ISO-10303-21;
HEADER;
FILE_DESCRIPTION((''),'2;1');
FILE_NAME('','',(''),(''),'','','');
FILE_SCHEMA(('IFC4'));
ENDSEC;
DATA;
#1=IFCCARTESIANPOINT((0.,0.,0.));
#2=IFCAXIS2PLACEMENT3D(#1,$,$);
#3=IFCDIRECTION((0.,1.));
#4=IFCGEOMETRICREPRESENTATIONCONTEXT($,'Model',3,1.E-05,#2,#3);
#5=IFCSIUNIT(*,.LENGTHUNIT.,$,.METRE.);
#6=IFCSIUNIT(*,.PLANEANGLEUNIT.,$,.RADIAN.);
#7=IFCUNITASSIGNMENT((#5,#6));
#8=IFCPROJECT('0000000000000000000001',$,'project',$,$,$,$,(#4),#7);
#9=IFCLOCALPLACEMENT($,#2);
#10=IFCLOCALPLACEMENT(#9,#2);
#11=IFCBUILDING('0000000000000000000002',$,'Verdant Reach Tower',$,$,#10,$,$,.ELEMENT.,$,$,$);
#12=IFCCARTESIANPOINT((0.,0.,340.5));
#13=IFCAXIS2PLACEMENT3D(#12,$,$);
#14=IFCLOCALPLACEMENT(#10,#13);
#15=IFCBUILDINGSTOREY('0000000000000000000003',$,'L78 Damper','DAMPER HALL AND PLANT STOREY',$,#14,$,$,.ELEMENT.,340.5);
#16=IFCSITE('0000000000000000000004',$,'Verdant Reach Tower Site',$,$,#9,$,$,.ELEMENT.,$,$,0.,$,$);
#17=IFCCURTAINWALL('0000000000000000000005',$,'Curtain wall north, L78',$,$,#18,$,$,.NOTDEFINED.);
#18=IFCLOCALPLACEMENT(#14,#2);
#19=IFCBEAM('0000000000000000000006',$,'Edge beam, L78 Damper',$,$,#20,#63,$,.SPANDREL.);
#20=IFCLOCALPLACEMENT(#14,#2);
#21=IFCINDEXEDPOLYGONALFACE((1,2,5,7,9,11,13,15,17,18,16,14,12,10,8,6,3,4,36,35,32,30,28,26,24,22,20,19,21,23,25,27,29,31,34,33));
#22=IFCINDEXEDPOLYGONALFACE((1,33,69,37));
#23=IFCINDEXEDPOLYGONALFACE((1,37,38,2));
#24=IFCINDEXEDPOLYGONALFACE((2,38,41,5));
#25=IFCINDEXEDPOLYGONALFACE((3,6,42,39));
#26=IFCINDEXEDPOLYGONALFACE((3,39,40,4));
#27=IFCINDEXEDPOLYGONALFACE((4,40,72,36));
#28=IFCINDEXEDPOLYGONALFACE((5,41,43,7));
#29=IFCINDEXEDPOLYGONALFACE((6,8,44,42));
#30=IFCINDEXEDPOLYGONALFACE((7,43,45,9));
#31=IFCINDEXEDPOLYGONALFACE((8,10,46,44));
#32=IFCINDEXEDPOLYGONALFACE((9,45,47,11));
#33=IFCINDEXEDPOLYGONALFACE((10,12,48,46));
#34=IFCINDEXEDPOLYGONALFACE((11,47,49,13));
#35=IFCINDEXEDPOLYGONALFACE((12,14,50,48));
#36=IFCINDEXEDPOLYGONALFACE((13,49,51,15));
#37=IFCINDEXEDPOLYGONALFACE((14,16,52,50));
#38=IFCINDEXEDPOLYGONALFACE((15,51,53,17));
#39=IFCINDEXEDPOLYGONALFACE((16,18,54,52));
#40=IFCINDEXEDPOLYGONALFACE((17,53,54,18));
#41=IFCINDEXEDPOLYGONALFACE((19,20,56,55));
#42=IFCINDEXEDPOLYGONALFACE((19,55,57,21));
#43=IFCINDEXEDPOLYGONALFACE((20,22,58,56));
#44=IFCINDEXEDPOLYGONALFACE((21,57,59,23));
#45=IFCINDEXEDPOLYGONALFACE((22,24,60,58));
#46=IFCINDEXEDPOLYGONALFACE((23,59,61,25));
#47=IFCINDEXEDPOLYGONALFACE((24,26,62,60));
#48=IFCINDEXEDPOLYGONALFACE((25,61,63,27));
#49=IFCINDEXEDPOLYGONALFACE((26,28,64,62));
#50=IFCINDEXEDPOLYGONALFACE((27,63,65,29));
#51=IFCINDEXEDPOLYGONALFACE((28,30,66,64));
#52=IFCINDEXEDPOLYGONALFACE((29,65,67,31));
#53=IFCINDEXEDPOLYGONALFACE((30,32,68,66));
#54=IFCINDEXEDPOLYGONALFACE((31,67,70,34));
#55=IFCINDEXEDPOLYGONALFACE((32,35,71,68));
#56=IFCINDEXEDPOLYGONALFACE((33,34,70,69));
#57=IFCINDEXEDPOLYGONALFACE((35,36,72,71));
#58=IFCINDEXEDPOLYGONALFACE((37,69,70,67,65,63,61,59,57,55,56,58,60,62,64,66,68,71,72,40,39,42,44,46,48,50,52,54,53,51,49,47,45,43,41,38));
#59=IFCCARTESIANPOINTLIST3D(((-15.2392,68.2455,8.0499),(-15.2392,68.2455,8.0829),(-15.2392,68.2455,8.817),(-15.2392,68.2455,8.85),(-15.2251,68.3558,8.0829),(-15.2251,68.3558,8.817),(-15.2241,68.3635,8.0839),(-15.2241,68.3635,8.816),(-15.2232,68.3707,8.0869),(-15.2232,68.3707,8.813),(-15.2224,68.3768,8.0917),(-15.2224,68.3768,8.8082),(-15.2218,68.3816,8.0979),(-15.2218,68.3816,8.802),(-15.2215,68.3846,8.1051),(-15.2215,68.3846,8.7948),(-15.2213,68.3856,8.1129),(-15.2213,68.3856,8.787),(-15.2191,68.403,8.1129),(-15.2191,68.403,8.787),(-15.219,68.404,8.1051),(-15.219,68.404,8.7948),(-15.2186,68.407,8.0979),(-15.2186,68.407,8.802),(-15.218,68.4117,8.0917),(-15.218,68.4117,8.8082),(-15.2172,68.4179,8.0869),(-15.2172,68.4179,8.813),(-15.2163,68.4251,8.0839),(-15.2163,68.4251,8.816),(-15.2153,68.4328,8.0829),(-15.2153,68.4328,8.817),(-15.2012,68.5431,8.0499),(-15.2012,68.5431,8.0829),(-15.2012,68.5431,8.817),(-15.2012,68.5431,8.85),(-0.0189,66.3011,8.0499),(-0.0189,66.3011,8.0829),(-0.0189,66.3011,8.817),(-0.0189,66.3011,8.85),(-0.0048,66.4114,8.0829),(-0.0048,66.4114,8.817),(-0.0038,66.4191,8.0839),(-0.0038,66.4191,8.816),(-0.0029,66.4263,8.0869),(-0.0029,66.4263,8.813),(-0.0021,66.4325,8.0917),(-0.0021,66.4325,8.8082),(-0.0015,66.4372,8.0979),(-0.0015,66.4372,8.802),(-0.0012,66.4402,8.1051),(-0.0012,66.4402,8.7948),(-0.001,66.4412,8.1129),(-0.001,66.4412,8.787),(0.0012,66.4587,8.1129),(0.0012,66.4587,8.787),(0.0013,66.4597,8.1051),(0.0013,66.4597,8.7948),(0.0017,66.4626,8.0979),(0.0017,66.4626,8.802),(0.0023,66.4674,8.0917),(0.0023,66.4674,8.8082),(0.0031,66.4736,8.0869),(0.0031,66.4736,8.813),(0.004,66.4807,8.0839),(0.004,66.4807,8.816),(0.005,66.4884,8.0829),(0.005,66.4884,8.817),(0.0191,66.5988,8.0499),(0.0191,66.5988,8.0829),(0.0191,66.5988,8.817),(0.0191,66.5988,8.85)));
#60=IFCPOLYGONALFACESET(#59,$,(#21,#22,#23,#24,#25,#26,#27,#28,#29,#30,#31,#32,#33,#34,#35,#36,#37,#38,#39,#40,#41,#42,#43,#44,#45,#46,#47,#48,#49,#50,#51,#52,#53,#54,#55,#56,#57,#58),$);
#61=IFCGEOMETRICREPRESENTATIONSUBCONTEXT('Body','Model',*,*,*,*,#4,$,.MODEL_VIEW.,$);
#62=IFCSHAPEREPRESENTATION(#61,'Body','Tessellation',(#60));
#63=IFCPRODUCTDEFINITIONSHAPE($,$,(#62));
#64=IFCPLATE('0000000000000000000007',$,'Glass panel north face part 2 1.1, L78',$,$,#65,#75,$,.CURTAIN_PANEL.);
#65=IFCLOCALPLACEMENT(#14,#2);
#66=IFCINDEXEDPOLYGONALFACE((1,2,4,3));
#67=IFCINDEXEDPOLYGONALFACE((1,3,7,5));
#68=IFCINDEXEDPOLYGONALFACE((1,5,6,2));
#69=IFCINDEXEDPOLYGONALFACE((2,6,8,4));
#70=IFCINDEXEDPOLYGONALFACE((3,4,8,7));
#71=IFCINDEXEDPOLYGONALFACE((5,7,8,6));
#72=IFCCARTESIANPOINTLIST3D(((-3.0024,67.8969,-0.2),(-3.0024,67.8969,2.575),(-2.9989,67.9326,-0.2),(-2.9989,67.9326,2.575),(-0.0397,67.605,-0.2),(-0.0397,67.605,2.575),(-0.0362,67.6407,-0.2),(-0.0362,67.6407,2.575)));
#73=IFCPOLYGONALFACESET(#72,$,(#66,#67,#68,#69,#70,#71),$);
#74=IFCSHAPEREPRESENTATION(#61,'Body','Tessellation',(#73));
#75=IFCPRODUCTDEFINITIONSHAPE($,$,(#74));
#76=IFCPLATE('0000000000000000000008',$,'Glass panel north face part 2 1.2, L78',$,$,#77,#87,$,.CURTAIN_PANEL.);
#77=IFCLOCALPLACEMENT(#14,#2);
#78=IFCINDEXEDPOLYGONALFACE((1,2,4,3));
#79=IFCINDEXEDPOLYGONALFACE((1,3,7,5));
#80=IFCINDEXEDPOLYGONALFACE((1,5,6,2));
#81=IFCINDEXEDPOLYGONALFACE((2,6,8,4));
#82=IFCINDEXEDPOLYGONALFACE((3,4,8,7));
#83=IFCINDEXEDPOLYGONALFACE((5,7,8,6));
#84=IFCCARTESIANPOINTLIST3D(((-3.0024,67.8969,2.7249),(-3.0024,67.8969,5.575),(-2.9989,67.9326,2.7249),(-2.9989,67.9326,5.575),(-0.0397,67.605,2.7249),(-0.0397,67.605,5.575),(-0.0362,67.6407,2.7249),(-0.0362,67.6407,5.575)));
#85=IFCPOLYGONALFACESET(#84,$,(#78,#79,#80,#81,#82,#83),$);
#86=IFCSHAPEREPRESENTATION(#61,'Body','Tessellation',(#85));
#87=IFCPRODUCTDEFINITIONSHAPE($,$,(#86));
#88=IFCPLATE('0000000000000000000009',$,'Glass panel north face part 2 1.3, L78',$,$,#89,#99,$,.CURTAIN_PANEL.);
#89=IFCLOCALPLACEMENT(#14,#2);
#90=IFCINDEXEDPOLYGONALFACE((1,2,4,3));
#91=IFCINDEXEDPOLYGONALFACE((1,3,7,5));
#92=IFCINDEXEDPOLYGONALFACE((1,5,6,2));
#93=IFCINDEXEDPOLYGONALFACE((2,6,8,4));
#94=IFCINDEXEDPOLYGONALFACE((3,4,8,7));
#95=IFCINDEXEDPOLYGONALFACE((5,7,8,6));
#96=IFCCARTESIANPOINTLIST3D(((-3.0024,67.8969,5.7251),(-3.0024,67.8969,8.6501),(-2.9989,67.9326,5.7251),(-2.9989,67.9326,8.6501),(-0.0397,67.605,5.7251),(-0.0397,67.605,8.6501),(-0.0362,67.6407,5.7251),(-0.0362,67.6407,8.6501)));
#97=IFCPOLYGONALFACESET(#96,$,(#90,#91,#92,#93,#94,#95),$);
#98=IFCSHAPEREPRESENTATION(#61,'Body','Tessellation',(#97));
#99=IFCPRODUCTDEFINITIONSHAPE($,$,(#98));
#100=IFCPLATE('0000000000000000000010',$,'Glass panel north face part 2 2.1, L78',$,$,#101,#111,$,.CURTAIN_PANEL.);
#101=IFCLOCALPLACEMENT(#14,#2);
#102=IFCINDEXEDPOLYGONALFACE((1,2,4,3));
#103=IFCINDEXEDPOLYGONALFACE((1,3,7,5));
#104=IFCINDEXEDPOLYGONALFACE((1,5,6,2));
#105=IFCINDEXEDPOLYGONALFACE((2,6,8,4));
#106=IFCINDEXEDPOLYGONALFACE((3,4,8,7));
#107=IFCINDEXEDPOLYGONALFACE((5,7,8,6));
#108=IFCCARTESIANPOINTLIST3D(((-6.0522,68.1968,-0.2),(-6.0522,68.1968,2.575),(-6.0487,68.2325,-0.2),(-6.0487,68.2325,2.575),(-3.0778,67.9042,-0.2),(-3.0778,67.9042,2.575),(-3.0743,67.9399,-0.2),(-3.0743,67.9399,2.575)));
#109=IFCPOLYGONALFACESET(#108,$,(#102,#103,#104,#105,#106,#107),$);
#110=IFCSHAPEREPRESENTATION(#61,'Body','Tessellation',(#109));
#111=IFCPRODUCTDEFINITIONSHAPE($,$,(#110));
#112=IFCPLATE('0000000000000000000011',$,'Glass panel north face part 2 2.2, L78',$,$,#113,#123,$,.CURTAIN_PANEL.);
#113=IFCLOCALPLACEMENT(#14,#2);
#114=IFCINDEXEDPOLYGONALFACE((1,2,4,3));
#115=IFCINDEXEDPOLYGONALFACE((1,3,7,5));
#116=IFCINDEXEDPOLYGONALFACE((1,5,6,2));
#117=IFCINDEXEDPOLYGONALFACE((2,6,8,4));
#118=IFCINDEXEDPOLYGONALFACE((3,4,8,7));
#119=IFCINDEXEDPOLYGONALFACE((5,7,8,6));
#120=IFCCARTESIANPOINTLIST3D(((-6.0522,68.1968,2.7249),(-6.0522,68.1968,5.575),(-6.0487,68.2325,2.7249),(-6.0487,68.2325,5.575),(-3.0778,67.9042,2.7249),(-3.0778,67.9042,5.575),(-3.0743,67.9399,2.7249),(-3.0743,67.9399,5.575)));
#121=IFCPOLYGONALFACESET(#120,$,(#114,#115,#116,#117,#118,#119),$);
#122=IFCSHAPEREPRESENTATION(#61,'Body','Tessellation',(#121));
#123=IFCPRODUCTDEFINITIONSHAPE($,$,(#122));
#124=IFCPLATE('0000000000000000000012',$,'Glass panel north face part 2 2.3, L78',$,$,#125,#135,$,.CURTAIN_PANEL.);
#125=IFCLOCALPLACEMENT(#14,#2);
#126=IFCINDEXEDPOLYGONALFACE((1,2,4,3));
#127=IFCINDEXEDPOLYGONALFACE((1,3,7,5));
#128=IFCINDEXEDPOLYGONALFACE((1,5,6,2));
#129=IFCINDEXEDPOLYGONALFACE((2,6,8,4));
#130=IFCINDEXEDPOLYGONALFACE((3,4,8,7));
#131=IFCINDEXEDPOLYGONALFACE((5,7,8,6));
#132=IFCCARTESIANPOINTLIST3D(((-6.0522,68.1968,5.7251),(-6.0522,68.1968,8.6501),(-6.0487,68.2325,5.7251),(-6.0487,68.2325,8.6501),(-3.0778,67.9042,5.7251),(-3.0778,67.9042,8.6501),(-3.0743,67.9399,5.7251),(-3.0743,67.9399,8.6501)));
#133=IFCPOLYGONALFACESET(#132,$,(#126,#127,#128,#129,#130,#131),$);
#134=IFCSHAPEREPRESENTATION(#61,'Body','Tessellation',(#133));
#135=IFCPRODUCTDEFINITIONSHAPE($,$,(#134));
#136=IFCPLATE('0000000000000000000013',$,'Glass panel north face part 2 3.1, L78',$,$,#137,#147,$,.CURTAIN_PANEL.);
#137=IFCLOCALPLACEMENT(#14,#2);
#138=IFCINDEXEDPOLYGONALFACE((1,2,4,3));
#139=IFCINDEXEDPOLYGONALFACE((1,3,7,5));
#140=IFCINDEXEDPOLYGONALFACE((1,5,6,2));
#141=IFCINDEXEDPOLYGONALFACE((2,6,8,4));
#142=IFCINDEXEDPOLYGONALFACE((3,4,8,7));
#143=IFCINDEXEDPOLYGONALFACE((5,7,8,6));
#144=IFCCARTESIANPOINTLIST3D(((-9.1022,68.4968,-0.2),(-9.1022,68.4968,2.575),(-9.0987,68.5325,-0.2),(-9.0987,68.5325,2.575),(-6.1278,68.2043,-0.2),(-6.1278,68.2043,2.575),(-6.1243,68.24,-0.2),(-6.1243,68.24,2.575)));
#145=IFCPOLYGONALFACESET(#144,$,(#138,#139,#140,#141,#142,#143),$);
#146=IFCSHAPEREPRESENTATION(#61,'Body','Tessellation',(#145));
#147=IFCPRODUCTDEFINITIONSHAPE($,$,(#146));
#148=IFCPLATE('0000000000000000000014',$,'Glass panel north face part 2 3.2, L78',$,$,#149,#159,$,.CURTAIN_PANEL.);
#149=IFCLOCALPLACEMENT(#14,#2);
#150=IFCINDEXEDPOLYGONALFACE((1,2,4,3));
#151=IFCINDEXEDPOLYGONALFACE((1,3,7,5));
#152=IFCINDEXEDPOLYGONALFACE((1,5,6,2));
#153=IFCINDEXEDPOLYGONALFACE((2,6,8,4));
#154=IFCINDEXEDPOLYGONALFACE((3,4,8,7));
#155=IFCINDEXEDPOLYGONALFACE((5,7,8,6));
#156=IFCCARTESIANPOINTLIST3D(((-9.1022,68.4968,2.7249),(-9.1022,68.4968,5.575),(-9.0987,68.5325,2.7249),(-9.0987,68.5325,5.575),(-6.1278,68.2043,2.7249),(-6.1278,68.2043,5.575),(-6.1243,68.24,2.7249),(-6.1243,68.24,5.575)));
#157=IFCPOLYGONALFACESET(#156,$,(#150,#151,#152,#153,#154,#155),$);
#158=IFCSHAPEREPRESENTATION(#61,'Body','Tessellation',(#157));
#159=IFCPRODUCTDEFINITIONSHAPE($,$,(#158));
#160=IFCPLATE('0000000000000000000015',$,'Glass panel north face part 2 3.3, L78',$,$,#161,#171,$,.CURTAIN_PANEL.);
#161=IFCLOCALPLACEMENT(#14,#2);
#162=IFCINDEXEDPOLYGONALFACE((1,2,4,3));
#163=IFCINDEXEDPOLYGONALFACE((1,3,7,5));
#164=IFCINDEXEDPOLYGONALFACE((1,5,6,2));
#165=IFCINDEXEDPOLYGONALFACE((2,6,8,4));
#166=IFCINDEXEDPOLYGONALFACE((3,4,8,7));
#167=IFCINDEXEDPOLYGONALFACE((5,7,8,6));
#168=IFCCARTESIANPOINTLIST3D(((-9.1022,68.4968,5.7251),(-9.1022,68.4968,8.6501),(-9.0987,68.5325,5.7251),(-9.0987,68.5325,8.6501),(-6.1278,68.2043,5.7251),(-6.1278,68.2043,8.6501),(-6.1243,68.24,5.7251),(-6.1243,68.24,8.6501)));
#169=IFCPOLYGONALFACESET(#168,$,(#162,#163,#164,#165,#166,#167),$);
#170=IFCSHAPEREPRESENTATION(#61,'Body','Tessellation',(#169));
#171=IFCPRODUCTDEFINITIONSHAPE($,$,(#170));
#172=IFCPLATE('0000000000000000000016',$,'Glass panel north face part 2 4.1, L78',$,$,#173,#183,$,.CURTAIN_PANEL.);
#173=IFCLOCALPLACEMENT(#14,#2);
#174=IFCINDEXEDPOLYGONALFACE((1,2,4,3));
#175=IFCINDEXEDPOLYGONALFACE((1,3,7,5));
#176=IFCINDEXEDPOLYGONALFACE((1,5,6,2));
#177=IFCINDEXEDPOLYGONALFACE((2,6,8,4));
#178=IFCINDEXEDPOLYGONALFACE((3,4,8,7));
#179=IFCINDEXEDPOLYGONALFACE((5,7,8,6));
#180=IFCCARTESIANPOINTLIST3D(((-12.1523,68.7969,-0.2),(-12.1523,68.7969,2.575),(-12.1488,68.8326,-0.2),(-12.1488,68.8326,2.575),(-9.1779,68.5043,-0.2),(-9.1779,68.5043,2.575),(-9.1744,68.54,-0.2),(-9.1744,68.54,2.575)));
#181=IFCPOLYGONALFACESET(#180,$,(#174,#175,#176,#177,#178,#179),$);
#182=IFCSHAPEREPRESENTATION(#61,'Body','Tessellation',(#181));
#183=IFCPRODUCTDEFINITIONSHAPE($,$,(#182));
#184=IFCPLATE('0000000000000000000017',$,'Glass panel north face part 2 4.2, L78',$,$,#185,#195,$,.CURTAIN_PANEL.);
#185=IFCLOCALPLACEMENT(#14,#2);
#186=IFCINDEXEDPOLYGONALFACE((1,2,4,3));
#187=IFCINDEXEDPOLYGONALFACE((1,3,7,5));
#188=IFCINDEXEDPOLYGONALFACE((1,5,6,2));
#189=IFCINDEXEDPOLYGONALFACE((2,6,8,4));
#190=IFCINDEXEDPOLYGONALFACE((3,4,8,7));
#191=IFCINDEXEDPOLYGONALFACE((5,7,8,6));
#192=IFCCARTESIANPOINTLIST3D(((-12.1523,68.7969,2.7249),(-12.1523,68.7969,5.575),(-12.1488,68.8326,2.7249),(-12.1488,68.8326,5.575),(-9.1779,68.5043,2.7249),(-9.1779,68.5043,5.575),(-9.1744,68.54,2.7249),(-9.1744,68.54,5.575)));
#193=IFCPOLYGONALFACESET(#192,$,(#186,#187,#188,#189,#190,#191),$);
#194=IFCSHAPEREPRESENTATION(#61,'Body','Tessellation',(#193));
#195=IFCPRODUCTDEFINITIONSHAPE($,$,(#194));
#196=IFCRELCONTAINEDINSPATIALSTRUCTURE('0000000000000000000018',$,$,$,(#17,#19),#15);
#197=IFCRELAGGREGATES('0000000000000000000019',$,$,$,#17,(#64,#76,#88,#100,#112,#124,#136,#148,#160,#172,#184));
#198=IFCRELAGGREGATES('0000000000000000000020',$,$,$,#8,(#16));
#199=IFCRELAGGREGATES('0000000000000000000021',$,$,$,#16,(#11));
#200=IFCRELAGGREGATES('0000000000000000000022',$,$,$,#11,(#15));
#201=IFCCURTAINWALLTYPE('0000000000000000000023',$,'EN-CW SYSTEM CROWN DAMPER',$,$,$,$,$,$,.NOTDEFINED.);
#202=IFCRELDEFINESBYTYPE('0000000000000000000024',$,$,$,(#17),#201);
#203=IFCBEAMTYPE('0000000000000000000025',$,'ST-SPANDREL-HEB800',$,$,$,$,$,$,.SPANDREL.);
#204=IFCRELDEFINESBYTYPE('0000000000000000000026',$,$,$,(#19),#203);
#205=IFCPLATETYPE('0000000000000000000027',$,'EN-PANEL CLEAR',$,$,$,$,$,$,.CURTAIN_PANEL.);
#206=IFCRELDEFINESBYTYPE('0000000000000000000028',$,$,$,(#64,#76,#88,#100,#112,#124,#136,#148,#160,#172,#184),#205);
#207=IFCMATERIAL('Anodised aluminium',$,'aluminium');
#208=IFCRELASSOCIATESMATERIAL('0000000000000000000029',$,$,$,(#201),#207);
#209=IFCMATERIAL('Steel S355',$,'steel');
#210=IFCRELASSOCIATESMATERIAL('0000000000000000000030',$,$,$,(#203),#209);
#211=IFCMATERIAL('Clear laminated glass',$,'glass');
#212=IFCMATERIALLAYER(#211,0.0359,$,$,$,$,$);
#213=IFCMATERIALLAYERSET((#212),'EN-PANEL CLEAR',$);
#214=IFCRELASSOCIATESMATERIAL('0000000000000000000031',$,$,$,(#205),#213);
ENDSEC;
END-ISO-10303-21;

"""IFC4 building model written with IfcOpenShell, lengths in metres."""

from ifc_helpers import new_model, si_unit, direction, frame, origin, origin_2d, place, context, subcontext, project, spatial, rectangle, i_section, extrude, material, layer, layer_set, material_profile, profile_set, type_object, element, aggregate, save


model = new_model("IFC4")

# Units and contexts
model_context = context("Model", 3, precision=1e-05, world=origin(), true_north=direction((0.0, 1.0)))
body_context = subcontext(model_context, "Body", "Model", "MODEL_VIEW")
ifc_project = project(units=[si_unit("LENGTHUNIT", "METRE"), si_unit("PLANEANGLEUNIT", "RADIAN")], contexts=[model_context])

# Site, building, storey
site_placement = place(None, origin())
site = spatial("IfcSite", under=ifc_project, at=site_placement, Name="Verdant Reach Tower Site", CompositionType="ELEMENT", RefElevation=0.0)
building_placement = place(site_placement, origin())
building = spatial("IfcBuilding", under=site, at=building_placement, Name="Verdant Reach Tower", CompositionType="ELEMENT")
storey_placement = place(building_placement, frame((0.0, 0.0, 340.5)))
storey = spatial("IfcBuildingStorey", under=building, at=storey_placement, Name="L78 Damper", Description="DAMPER HALL AND PLANT STOREY", CompositionType="ELEMENT", Elevation=340.5)

# Curtain wall
ifc_material_1 = material(Name="Anodised aluminium", Category="aluminium")
curtain_wall_type = type_object("IfcCurtainWallType", Name="EN-CW SYSTEM CROWN DAMPER", PredefinedType="NOTDEFINED", material=ifc_material_1)
curtain_wall_1_placement = place(storey_placement, origin())
curtain_wall_1 = element("IfcCurtainWall", 1, at=curtain_wall_1_placement, inside=storey, type_object=curtain_wall_type, Name="Curtain wall north, L78", PredefinedType="NOTDEFINED")

# Beam
ifc_material_2 = material(Name="Steel S355", Category="steel")
ifc_material_profile_1 = material_profile(ifc_material_2, i_section(OverallWidth=0.3, OverallDepth=0.8, WebThickness=0.0176, FlangeThickness=0.033, FilletRadius=0.03, at=origin_2d()), Name="HEB 800")
ifc_profile_set_1 = profile_set([ifc_material_profile_1], Name="Steel S355")
beam_type = type_object("IfcBeamType", Name="ST-SPANDREL-HEB800", PredefinedType="SPANDREL", material=ifc_profile_set_1)
beam_placement = place(storey_placement, frame((-15.2202, 68.3943, 8.45), z_axis=(0.991939, -0.126717, 0.0), x_axis=(0.126717, 0.991939, 0.0)))
element("IfcBeam", 2, at=beam_placement, inside=storey, type_object=beam_type, Name="Edge beam, L78 Damper", PredefinedType="SPANDREL", context=body_context, shape_type="SweptSolid", body=[
    extrude(i_section(OverallWidth=0.3, OverallDepth=0.8, WebThickness=0.0176, FlangeThickness=0.033, FilletRadius=0.03, at=origin_2d()), origin(), (0.0, 0.0, 1.0), 15.344),
])

# Plates
ifc_material_3 = material(Name="Clear laminated glass", Category="glass")
ifc_layer = layer(ifc_material_3, 0.0359)
ifc_layer_set = layer_set([ifc_layer], Name="EN-PANEL CLEAR")
plate_type = type_object("IfcPlateType", Name="EN-PANEL CLEAR", PredefinedType="CURTAIN_PANEL", material=ifc_layer_set)
plate_1_placement = place(storey_placement, frame((-1.5193, 67.7688, -0.2), z_axis=(0.0, 0.0, 1.0), x_axis=(-0.995179, 0.098075, 0.0)))
plate_1 = element("IfcPlate", 3, at=plate_1_placement, type_object=plate_type, Name="Glass panel north face part 2 1.1, L78", PredefinedType="CURTAIN_PANEL", context=body_context, shape_type="SweptSolid", body=[
    extrude(rectangle(XDim=2.9771, YDim=0.0359, at=origin_2d()), origin(), (0.0, 0.0, 1.0), 2.7749),
])
plate_2_placement = place(storey_placement, frame((-1.5193, 67.7688, 2.7249), z_axis=(0.0, 0.0, 1.0), x_axis=(-0.995179, 0.098075, 0.0)))
plate_2 = element("IfcPlate", 4, at=plate_2_placement, type_object=plate_type, Name="Glass panel north face part 2 1.2, L78", PredefinedType="CURTAIN_PANEL", context=body_context, shape_type="SweptSolid", body=[
    extrude(rectangle(XDim=2.9771, YDim=0.0359, at=origin_2d()), origin(), (0.0, 0.0, 1.0), 2.8501),
])
plate_3_placement = place(storey_placement, frame((-1.5193, 67.7688, 5.7251), z_axis=(0.0, 0.0, 1.0), x_axis=(-0.995179, 0.098075, 0.0)))
plate_3 = element("IfcPlate", 5, at=plate_3_placement, type_object=plate_type, Name="Glass panel north face part 2 1.3, L78", PredefinedType="CURTAIN_PANEL", context=body_context, shape_type="SweptSolid", body=[
    extrude(rectangle(XDim=2.9771, YDim=0.0359, at=origin_2d()), origin(), (0.0, 0.0, 1.0), 2.925),
])
plate_4_placement = place(storey_placement, frame((-4.5632, 68.0684, -0.2), z_axis=(0.0, 0.0, 1.0), x_axis=(-0.995197, 0.097888, 0.0)))
plate_4 = element("IfcPlate", 6, at=plate_4_placement, type_object=plate_type, Name="Glass panel north face part 2 2.1, L78", PredefinedType="CURTAIN_PANEL", context=body_context, shape_type="SweptSolid", body=[
    extrude(rectangle(XDim=2.9888, YDim=0.0359, at=origin_2d()), origin(), (0.0, 0.0, 1.0), 2.7749),
])
plate_5_placement = place(storey_placement, frame((-4.5632, 68.0684, 2.7249), z_axis=(0.0, 0.0, 1.0), x_axis=(-0.995197, 0.097888, 0.0)))
plate_5 = element("IfcPlate", 7, at=plate_5_placement, type_object=plate_type, Name="Glass panel north face part 2 2.2, L78", PredefinedType="CURTAIN_PANEL", context=body_context, shape_type="SweptSolid", body=[
    extrude(rectangle(XDim=2.9888, YDim=0.0359, at=origin_2d()), origin(), (0.0, 0.0, 1.0), 2.8501),
])
plate_6_placement = place(storey_placement, frame((-4.5632, 68.0684, 5.7251), z_axis=(0.0, 0.0, 1.0), x_axis=(-0.995197, 0.097888, 0.0)))
plate_6 = element("IfcPlate", 8, at=plate_6_placement, type_object=plate_type, Name="Glass panel north face part 2 2.3, L78", PredefinedType="CURTAIN_PANEL", context=body_context, shape_type="SweptSolid", body=[
    extrude(rectangle(XDim=2.9888, YDim=0.0359, at=origin_2d()), origin(), (0.0, 0.0, 1.0), 2.925),
])
plate_7_placement = place(storey_placement, frame((-7.6133, 68.3684, -0.2), z_axis=(0.0, 0.0, 1.0), x_axis=(-0.995197, 0.097888, 0.0)))
plate_7 = element("IfcPlate", 9, at=plate_7_placement, type_object=plate_type, Name="Glass panel north face part 2 3.1, L78", PredefinedType="CURTAIN_PANEL", context=body_context, shape_type="SweptSolid", body=[
    extrude(rectangle(XDim=2.9888, YDim=0.0359, at=origin_2d()), origin(), (0.0, 0.0, 1.0), 2.7749),
])
plate_8_placement = place(storey_placement, frame((-7.6133, 68.3684, 2.7249), z_axis=(0.0, 0.0, 1.0), x_axis=(-0.995197, 0.097888, 0.0)))
plate_8 = element("IfcPlate", 10, at=plate_8_placement, type_object=plate_type, Name="Glass panel north face part 2 3.2, L78", PredefinedType="CURTAIN_PANEL", context=body_context, shape_type="SweptSolid", body=[
    extrude(rectangle(XDim=2.9888, YDim=0.0359, at=origin_2d()), origin(), (0.0, 0.0, 1.0), 2.8501),
])
plate_9_placement = place(storey_placement, frame((-7.6133, 68.3684, 5.7251), z_axis=(0.0, 0.0, 1.0), x_axis=(-0.995197, 0.097888, 0.0)))
plate_9 = element("IfcPlate", 11, at=plate_9_placement, type_object=plate_type, Name="Glass panel north face part 2 3.3, L78", PredefinedType="CURTAIN_PANEL", context=body_context, shape_type="SweptSolid", body=[
    extrude(rectangle(XDim=2.9888, YDim=0.0359, at=origin_2d()), origin(), (0.0, 0.0, 1.0), 2.925),
])
plate_10_placement = place(storey_placement, frame((-10.6633, 68.6685, -0.2), z_axis=(0.0, 0.0, 1.0), x_axis=(-0.995197, 0.097888, 0.0)))
plate_10 = element("IfcPlate", 12, at=plate_10_placement, type_object=plate_type, Name="Glass panel north face part 2 4.1, L78", PredefinedType="CURTAIN_PANEL", context=body_context, shape_type="SweptSolid", body=[
    extrude(rectangle(XDim=2.9888, YDim=0.0359, at=origin_2d()), origin(), (0.0, 0.0, 1.0), 2.7749),
])
plate_11_placement = place(storey_placement, frame((-10.6633, 68.6685, 2.7249), z_axis=(0.0, 0.0, 1.0), x_axis=(-0.995197, 0.097888, 0.0)))
plate_11 = element("IfcPlate", 13, at=plate_11_placement, type_object=plate_type, Name="Glass panel north face part 2 4.2, L78", PredefinedType="CURTAIN_PANEL", context=body_context, shape_type="SweptSolid", body=[
    extrude(rectangle(XDim=2.9888, YDim=0.0359, at=origin_2d()), origin(), (0.0, 0.0, 1.0), 2.8501),
])
aggregate(curtain_wall_1, [plate_1, plate_2, plate_3, plate_4, plate_5, plate_6, plate_7, plate_8, plate_9, plate_10, plate_11])

save(model, "model.ifc")
